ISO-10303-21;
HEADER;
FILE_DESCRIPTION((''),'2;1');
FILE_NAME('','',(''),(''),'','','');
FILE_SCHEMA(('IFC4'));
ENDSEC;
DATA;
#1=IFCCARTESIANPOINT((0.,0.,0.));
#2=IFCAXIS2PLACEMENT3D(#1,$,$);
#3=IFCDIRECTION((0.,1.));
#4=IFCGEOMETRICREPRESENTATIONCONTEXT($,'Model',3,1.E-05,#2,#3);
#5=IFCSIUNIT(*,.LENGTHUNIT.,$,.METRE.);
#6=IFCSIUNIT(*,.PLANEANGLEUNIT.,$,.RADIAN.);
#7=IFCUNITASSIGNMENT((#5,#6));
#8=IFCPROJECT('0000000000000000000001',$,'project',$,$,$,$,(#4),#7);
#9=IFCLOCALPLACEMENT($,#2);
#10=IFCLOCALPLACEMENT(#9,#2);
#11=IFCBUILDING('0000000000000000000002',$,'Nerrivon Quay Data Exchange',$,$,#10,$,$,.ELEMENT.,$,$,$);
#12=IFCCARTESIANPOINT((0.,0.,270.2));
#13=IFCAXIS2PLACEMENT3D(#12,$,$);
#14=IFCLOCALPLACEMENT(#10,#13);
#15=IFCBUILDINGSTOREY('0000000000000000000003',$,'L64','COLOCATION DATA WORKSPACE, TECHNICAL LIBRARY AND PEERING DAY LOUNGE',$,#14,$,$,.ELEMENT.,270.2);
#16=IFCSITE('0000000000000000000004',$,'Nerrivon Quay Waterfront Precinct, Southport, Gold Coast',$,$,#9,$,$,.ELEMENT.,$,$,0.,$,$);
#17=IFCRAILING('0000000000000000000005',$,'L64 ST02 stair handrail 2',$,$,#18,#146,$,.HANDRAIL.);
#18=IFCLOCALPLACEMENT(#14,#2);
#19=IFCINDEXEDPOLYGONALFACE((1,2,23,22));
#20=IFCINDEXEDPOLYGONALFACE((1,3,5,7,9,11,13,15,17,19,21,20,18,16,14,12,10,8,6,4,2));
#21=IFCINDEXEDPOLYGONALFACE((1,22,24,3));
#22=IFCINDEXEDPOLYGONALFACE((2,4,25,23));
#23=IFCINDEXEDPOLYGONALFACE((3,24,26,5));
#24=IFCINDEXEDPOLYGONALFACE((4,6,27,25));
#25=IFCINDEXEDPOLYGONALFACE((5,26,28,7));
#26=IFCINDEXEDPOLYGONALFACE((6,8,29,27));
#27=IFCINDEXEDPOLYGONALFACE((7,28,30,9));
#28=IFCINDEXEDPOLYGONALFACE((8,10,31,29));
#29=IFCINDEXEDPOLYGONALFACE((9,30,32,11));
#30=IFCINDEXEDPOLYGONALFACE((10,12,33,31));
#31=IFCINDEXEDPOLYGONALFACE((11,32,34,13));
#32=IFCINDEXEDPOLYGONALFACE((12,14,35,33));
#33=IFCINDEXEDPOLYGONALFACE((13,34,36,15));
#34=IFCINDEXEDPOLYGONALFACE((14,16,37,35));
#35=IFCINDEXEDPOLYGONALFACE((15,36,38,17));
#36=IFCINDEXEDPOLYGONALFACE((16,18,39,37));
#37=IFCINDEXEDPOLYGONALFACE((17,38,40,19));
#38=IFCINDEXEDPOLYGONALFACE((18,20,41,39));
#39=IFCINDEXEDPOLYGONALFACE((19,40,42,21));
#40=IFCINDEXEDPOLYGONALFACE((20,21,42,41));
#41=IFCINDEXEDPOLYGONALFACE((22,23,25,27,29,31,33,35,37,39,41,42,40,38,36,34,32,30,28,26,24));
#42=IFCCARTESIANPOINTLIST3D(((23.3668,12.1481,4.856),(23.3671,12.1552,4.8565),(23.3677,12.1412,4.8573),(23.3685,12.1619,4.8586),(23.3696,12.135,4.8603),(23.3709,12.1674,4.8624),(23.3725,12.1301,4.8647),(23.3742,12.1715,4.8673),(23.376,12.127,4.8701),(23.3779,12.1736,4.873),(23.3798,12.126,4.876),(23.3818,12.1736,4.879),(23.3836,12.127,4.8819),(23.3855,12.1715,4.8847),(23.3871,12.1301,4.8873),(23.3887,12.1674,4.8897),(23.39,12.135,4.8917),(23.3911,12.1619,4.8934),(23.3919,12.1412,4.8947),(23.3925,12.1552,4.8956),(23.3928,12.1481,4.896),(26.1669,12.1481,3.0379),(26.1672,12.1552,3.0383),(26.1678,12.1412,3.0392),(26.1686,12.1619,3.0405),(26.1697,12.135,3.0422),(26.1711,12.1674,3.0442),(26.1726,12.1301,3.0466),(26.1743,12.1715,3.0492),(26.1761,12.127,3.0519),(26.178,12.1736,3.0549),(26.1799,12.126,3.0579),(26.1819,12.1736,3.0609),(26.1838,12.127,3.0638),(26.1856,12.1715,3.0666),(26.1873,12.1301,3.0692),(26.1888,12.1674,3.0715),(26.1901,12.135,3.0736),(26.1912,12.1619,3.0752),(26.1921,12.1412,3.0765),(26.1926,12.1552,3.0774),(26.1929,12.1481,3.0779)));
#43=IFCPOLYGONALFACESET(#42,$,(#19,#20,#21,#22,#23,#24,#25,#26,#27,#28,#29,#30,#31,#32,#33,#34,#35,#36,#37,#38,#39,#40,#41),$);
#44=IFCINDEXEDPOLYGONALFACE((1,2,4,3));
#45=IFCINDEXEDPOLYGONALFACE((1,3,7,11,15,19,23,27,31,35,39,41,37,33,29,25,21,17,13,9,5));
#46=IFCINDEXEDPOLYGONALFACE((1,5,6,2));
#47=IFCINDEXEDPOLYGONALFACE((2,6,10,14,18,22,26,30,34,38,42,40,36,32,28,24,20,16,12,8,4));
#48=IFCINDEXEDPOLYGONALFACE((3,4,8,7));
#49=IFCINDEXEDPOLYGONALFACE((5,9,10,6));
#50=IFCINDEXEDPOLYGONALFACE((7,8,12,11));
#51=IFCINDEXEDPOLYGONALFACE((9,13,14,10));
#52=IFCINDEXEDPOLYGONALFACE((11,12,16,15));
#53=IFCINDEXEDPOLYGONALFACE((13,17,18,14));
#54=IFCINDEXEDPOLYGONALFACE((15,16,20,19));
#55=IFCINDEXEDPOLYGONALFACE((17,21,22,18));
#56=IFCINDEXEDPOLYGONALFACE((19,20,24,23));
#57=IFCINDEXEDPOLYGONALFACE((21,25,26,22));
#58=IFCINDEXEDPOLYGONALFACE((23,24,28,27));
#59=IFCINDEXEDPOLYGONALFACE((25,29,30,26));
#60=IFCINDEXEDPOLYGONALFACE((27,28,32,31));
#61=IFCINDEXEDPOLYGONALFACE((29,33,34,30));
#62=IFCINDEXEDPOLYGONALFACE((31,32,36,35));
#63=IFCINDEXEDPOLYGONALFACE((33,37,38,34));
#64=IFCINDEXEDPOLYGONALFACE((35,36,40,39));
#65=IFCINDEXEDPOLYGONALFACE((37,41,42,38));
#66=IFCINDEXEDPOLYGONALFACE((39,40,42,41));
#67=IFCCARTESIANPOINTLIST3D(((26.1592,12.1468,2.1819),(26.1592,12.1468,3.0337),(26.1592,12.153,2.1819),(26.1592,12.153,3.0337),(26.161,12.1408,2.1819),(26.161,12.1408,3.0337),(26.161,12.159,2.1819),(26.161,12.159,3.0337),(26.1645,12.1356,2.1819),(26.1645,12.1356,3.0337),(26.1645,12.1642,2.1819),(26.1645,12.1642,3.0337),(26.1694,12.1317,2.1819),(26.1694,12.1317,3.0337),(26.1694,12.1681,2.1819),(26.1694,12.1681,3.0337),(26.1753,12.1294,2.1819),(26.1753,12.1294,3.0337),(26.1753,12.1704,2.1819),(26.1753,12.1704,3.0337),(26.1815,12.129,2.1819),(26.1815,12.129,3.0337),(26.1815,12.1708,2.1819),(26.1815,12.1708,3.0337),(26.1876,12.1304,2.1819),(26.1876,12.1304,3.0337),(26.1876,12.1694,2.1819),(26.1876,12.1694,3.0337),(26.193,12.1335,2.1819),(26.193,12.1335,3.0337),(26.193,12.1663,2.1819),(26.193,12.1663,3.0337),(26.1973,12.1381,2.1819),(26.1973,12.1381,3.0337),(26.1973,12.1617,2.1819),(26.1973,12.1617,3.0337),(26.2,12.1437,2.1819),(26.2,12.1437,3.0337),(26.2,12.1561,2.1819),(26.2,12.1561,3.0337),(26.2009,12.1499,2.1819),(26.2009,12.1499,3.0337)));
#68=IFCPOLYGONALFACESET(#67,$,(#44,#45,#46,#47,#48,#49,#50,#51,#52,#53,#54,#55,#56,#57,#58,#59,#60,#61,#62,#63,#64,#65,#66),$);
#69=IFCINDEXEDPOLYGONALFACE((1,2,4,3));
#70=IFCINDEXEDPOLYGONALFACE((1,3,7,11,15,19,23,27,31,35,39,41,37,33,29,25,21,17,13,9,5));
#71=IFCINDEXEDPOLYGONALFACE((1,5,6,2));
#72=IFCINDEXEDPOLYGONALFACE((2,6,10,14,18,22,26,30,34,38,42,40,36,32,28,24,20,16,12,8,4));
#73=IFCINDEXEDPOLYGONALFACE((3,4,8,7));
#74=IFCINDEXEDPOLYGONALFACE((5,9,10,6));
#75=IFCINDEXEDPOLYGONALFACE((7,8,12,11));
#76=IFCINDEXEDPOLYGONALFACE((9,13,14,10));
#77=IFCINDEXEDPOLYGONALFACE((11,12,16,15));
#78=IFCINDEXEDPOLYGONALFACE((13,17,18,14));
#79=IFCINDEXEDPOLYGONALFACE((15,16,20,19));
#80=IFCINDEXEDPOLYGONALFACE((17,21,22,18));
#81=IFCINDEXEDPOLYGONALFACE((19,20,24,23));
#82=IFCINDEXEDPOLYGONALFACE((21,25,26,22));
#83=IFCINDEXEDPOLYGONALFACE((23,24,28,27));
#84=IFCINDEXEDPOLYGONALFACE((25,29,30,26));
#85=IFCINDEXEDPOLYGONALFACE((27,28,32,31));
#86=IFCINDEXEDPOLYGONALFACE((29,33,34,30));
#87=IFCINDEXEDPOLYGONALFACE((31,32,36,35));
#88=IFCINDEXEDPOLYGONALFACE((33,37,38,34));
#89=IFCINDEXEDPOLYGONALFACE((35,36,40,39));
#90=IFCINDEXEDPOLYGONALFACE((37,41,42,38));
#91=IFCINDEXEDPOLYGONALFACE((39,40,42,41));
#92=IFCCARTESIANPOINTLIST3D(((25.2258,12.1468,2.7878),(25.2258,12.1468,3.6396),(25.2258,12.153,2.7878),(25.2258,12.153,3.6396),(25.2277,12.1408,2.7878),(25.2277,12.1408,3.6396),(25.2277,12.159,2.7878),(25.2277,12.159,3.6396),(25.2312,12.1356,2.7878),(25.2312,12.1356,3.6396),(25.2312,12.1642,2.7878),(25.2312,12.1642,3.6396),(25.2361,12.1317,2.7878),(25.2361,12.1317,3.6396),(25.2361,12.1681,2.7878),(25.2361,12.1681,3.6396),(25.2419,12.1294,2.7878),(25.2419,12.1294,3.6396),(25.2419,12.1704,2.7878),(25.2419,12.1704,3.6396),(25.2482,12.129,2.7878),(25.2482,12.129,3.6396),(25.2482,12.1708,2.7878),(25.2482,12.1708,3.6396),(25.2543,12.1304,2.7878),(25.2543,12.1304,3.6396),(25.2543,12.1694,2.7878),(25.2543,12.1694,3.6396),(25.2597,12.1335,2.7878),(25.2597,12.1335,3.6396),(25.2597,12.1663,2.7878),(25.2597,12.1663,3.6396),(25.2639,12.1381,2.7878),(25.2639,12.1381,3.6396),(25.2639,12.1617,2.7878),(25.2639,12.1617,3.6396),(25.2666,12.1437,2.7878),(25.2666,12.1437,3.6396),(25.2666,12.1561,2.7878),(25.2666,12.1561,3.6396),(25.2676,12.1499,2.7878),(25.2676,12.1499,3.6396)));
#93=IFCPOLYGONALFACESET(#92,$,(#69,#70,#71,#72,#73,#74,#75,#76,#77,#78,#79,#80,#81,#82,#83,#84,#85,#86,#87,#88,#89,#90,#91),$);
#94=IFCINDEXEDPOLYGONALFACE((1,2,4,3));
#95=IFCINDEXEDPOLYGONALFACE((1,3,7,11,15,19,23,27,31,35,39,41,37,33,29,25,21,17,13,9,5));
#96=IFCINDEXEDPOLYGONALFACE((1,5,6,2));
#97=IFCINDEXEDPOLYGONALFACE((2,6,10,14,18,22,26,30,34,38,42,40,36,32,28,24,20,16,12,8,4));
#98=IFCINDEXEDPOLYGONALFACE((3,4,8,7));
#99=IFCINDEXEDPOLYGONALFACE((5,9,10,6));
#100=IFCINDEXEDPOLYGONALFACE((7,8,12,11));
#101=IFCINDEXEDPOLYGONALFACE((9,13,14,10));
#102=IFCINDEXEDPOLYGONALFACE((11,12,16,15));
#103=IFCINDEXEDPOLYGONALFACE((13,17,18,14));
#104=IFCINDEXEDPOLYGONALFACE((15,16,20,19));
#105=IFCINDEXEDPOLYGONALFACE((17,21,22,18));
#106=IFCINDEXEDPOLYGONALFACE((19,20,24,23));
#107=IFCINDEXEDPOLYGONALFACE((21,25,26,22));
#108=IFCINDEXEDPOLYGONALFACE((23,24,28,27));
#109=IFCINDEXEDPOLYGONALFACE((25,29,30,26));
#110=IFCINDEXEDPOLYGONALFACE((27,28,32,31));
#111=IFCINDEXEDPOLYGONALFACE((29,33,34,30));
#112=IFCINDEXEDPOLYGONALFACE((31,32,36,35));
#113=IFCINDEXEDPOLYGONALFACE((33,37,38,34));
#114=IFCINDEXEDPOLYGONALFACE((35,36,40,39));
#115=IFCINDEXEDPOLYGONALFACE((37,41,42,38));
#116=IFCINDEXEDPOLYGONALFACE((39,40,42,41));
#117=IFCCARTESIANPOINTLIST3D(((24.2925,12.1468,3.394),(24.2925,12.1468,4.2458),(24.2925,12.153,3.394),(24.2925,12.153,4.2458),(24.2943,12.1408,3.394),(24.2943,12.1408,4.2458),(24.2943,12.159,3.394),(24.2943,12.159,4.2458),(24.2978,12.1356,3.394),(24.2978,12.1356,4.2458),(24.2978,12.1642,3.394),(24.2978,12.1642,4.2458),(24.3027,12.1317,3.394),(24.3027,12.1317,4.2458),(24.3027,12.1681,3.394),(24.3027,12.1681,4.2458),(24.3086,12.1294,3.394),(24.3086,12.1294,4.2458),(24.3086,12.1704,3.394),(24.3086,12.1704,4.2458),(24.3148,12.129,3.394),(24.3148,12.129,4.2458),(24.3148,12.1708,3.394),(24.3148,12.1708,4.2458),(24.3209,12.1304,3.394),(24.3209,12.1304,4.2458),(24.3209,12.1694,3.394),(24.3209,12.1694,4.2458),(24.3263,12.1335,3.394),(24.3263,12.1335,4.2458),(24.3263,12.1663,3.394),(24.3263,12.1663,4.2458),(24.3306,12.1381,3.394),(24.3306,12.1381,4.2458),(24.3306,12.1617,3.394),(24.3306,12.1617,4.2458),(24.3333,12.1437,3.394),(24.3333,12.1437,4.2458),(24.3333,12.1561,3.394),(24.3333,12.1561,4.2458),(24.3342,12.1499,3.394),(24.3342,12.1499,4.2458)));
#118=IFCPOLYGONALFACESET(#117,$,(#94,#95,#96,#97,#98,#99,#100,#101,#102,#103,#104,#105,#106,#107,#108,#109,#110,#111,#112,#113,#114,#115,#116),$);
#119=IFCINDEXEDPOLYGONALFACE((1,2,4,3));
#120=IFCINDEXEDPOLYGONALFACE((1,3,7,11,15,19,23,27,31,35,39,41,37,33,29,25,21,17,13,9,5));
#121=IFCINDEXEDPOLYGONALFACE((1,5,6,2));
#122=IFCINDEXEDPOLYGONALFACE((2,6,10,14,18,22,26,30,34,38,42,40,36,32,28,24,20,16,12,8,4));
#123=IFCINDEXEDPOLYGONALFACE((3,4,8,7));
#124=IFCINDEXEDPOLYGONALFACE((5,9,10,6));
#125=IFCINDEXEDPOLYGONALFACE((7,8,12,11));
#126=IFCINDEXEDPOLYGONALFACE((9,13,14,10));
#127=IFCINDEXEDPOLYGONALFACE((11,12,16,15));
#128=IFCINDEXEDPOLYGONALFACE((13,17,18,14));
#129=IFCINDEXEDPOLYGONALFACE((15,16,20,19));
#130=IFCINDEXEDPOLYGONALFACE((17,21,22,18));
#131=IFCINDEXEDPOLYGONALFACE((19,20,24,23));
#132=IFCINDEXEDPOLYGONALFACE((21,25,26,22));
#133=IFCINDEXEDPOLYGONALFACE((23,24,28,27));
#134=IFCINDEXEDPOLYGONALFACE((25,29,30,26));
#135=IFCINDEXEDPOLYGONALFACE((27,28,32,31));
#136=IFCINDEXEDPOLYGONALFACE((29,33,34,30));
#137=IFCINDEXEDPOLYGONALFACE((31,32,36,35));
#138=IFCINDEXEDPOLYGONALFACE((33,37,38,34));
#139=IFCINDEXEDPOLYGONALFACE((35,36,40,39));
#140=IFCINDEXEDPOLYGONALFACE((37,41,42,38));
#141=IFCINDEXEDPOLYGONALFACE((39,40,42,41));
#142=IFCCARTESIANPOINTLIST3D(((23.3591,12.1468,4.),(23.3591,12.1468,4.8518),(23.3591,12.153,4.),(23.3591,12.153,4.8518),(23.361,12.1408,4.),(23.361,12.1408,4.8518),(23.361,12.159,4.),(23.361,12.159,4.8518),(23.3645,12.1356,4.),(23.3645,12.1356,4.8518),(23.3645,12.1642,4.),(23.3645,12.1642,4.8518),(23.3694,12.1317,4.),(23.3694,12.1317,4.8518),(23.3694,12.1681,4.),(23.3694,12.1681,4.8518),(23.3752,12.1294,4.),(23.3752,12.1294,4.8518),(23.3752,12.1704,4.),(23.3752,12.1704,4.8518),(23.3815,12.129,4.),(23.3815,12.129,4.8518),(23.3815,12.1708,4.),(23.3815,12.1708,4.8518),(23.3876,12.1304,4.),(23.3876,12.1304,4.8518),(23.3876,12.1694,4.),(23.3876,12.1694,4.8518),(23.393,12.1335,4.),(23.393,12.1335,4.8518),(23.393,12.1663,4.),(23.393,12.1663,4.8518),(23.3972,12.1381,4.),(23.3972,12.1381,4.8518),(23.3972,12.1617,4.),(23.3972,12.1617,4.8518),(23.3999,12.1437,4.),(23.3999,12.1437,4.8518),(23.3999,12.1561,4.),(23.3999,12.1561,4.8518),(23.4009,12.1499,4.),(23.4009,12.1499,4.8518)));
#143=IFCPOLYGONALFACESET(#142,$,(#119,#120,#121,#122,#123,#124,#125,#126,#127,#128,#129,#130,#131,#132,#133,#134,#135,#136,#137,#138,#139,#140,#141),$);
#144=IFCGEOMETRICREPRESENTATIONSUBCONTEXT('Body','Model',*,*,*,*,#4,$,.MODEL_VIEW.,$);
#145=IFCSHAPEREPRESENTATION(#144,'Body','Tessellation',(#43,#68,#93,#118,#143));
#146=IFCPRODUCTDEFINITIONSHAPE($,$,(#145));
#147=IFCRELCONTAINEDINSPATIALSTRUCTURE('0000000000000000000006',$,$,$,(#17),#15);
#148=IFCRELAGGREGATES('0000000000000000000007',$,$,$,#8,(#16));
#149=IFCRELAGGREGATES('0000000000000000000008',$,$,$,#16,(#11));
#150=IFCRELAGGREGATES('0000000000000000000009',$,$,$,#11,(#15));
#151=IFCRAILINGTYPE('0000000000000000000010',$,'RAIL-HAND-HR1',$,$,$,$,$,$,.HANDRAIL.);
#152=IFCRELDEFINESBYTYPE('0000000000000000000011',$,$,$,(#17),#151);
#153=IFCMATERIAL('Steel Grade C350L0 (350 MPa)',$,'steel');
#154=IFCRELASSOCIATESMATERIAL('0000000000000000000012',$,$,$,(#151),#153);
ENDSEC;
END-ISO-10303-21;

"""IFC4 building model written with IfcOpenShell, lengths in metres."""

from ifc_helpers import new_model, si_unit, direction, frame, origin, origin_2d, place, context, subcontext, project, spatial, circle, extrude, material, type_object, element, save


model = new_model("IFC4")

# Units and contexts
model_context = context("Model", 3, precision=1e-05, world=origin(), true_north=direction((0.0, 1.0)))
body_context = subcontext(model_context, "Body", "Model", "MODEL_VIEW")
ifc_project = project(units=[si_unit("LENGTHUNIT", "METRE"), si_unit("PLANEANGLEUNIT", "RADIAN")], contexts=[model_context])

# Site, building, storey
site_placement = place(None, origin())
site = spatial("IfcSite", under=ifc_project, at=site_placement, Name="Nerrivon Quay Waterfront Precinct, Southport, Gold Coast", CompositionType="ELEMENT", RefElevation=0.0)
building_placement = place(site_placement, origin())
building = spatial("IfcBuilding", under=site, at=building_placement, Name="Nerrivon Quay Data Exchange", CompositionType="ELEMENT")
storey_placement = place(building_placement, frame((0.0, 0.0, 270.2)))
storey = spatial("IfcBuildingStorey", under=building, at=storey_placement, Name="L64", Description="COLOCATION DATA WORKSPACE, TECHNICAL LIBRARY AND PEERING DAY LOUNGE", CompositionType="ELEMENT", Elevation=270.2)

# Railing
ifc_material_1 = material(Name="Steel Grade C350L0 (350 MPa)", Category="steel")
railing_type_1 = type_object("IfcRailingType", Name="RAIL-HAND-HR1", PredefinedType="HANDRAIL", material=ifc_material_1)
railing_1_placement = place(storey_placement, frame((26.1799, 12.1499, 2.1819)))
element("IfcRailing", 1, at=railing_1_placement, inside=storey, type_object=railing_type_1, Name="L64 ST02 stair handrail 2", PredefinedType="HANDRAIL", context=body_context, shape_type="SweptSolid", body=[
    extrude(circle(Radius=0.0239, at=origin_2d()), frame((0.0, 0.0, 0.876), z_axis=(-0.838706, 0.0, 0.544585), x_axis=(0.0, -1.0, 0.0)), (0.0, 0.0, 1.0), 3.3386),
    extrude(circle(Radius=0.021, at=origin_2d()), origin(), (0.0, 0.0, 1.0), 0.8518),
    extrude(circle(Radius=0.021, at=origin_2d()), frame((-0.9333, 0.0, 0.606)), (0.0, 0.0, 1.0), 0.8518),
    extrude(circle(Radius=0.021, at=origin_2d()), frame((-1.8667, 0.0, 1.2122)), (0.0, 0.0, 1.0), 0.8518),
    extrude(circle(Radius=0.021, at=origin_2d()), frame((-2.8, 0.0, 1.8181)), (0.0, 0.0, 1.0), 0.8518),
])

save(model, "model.ifc")
